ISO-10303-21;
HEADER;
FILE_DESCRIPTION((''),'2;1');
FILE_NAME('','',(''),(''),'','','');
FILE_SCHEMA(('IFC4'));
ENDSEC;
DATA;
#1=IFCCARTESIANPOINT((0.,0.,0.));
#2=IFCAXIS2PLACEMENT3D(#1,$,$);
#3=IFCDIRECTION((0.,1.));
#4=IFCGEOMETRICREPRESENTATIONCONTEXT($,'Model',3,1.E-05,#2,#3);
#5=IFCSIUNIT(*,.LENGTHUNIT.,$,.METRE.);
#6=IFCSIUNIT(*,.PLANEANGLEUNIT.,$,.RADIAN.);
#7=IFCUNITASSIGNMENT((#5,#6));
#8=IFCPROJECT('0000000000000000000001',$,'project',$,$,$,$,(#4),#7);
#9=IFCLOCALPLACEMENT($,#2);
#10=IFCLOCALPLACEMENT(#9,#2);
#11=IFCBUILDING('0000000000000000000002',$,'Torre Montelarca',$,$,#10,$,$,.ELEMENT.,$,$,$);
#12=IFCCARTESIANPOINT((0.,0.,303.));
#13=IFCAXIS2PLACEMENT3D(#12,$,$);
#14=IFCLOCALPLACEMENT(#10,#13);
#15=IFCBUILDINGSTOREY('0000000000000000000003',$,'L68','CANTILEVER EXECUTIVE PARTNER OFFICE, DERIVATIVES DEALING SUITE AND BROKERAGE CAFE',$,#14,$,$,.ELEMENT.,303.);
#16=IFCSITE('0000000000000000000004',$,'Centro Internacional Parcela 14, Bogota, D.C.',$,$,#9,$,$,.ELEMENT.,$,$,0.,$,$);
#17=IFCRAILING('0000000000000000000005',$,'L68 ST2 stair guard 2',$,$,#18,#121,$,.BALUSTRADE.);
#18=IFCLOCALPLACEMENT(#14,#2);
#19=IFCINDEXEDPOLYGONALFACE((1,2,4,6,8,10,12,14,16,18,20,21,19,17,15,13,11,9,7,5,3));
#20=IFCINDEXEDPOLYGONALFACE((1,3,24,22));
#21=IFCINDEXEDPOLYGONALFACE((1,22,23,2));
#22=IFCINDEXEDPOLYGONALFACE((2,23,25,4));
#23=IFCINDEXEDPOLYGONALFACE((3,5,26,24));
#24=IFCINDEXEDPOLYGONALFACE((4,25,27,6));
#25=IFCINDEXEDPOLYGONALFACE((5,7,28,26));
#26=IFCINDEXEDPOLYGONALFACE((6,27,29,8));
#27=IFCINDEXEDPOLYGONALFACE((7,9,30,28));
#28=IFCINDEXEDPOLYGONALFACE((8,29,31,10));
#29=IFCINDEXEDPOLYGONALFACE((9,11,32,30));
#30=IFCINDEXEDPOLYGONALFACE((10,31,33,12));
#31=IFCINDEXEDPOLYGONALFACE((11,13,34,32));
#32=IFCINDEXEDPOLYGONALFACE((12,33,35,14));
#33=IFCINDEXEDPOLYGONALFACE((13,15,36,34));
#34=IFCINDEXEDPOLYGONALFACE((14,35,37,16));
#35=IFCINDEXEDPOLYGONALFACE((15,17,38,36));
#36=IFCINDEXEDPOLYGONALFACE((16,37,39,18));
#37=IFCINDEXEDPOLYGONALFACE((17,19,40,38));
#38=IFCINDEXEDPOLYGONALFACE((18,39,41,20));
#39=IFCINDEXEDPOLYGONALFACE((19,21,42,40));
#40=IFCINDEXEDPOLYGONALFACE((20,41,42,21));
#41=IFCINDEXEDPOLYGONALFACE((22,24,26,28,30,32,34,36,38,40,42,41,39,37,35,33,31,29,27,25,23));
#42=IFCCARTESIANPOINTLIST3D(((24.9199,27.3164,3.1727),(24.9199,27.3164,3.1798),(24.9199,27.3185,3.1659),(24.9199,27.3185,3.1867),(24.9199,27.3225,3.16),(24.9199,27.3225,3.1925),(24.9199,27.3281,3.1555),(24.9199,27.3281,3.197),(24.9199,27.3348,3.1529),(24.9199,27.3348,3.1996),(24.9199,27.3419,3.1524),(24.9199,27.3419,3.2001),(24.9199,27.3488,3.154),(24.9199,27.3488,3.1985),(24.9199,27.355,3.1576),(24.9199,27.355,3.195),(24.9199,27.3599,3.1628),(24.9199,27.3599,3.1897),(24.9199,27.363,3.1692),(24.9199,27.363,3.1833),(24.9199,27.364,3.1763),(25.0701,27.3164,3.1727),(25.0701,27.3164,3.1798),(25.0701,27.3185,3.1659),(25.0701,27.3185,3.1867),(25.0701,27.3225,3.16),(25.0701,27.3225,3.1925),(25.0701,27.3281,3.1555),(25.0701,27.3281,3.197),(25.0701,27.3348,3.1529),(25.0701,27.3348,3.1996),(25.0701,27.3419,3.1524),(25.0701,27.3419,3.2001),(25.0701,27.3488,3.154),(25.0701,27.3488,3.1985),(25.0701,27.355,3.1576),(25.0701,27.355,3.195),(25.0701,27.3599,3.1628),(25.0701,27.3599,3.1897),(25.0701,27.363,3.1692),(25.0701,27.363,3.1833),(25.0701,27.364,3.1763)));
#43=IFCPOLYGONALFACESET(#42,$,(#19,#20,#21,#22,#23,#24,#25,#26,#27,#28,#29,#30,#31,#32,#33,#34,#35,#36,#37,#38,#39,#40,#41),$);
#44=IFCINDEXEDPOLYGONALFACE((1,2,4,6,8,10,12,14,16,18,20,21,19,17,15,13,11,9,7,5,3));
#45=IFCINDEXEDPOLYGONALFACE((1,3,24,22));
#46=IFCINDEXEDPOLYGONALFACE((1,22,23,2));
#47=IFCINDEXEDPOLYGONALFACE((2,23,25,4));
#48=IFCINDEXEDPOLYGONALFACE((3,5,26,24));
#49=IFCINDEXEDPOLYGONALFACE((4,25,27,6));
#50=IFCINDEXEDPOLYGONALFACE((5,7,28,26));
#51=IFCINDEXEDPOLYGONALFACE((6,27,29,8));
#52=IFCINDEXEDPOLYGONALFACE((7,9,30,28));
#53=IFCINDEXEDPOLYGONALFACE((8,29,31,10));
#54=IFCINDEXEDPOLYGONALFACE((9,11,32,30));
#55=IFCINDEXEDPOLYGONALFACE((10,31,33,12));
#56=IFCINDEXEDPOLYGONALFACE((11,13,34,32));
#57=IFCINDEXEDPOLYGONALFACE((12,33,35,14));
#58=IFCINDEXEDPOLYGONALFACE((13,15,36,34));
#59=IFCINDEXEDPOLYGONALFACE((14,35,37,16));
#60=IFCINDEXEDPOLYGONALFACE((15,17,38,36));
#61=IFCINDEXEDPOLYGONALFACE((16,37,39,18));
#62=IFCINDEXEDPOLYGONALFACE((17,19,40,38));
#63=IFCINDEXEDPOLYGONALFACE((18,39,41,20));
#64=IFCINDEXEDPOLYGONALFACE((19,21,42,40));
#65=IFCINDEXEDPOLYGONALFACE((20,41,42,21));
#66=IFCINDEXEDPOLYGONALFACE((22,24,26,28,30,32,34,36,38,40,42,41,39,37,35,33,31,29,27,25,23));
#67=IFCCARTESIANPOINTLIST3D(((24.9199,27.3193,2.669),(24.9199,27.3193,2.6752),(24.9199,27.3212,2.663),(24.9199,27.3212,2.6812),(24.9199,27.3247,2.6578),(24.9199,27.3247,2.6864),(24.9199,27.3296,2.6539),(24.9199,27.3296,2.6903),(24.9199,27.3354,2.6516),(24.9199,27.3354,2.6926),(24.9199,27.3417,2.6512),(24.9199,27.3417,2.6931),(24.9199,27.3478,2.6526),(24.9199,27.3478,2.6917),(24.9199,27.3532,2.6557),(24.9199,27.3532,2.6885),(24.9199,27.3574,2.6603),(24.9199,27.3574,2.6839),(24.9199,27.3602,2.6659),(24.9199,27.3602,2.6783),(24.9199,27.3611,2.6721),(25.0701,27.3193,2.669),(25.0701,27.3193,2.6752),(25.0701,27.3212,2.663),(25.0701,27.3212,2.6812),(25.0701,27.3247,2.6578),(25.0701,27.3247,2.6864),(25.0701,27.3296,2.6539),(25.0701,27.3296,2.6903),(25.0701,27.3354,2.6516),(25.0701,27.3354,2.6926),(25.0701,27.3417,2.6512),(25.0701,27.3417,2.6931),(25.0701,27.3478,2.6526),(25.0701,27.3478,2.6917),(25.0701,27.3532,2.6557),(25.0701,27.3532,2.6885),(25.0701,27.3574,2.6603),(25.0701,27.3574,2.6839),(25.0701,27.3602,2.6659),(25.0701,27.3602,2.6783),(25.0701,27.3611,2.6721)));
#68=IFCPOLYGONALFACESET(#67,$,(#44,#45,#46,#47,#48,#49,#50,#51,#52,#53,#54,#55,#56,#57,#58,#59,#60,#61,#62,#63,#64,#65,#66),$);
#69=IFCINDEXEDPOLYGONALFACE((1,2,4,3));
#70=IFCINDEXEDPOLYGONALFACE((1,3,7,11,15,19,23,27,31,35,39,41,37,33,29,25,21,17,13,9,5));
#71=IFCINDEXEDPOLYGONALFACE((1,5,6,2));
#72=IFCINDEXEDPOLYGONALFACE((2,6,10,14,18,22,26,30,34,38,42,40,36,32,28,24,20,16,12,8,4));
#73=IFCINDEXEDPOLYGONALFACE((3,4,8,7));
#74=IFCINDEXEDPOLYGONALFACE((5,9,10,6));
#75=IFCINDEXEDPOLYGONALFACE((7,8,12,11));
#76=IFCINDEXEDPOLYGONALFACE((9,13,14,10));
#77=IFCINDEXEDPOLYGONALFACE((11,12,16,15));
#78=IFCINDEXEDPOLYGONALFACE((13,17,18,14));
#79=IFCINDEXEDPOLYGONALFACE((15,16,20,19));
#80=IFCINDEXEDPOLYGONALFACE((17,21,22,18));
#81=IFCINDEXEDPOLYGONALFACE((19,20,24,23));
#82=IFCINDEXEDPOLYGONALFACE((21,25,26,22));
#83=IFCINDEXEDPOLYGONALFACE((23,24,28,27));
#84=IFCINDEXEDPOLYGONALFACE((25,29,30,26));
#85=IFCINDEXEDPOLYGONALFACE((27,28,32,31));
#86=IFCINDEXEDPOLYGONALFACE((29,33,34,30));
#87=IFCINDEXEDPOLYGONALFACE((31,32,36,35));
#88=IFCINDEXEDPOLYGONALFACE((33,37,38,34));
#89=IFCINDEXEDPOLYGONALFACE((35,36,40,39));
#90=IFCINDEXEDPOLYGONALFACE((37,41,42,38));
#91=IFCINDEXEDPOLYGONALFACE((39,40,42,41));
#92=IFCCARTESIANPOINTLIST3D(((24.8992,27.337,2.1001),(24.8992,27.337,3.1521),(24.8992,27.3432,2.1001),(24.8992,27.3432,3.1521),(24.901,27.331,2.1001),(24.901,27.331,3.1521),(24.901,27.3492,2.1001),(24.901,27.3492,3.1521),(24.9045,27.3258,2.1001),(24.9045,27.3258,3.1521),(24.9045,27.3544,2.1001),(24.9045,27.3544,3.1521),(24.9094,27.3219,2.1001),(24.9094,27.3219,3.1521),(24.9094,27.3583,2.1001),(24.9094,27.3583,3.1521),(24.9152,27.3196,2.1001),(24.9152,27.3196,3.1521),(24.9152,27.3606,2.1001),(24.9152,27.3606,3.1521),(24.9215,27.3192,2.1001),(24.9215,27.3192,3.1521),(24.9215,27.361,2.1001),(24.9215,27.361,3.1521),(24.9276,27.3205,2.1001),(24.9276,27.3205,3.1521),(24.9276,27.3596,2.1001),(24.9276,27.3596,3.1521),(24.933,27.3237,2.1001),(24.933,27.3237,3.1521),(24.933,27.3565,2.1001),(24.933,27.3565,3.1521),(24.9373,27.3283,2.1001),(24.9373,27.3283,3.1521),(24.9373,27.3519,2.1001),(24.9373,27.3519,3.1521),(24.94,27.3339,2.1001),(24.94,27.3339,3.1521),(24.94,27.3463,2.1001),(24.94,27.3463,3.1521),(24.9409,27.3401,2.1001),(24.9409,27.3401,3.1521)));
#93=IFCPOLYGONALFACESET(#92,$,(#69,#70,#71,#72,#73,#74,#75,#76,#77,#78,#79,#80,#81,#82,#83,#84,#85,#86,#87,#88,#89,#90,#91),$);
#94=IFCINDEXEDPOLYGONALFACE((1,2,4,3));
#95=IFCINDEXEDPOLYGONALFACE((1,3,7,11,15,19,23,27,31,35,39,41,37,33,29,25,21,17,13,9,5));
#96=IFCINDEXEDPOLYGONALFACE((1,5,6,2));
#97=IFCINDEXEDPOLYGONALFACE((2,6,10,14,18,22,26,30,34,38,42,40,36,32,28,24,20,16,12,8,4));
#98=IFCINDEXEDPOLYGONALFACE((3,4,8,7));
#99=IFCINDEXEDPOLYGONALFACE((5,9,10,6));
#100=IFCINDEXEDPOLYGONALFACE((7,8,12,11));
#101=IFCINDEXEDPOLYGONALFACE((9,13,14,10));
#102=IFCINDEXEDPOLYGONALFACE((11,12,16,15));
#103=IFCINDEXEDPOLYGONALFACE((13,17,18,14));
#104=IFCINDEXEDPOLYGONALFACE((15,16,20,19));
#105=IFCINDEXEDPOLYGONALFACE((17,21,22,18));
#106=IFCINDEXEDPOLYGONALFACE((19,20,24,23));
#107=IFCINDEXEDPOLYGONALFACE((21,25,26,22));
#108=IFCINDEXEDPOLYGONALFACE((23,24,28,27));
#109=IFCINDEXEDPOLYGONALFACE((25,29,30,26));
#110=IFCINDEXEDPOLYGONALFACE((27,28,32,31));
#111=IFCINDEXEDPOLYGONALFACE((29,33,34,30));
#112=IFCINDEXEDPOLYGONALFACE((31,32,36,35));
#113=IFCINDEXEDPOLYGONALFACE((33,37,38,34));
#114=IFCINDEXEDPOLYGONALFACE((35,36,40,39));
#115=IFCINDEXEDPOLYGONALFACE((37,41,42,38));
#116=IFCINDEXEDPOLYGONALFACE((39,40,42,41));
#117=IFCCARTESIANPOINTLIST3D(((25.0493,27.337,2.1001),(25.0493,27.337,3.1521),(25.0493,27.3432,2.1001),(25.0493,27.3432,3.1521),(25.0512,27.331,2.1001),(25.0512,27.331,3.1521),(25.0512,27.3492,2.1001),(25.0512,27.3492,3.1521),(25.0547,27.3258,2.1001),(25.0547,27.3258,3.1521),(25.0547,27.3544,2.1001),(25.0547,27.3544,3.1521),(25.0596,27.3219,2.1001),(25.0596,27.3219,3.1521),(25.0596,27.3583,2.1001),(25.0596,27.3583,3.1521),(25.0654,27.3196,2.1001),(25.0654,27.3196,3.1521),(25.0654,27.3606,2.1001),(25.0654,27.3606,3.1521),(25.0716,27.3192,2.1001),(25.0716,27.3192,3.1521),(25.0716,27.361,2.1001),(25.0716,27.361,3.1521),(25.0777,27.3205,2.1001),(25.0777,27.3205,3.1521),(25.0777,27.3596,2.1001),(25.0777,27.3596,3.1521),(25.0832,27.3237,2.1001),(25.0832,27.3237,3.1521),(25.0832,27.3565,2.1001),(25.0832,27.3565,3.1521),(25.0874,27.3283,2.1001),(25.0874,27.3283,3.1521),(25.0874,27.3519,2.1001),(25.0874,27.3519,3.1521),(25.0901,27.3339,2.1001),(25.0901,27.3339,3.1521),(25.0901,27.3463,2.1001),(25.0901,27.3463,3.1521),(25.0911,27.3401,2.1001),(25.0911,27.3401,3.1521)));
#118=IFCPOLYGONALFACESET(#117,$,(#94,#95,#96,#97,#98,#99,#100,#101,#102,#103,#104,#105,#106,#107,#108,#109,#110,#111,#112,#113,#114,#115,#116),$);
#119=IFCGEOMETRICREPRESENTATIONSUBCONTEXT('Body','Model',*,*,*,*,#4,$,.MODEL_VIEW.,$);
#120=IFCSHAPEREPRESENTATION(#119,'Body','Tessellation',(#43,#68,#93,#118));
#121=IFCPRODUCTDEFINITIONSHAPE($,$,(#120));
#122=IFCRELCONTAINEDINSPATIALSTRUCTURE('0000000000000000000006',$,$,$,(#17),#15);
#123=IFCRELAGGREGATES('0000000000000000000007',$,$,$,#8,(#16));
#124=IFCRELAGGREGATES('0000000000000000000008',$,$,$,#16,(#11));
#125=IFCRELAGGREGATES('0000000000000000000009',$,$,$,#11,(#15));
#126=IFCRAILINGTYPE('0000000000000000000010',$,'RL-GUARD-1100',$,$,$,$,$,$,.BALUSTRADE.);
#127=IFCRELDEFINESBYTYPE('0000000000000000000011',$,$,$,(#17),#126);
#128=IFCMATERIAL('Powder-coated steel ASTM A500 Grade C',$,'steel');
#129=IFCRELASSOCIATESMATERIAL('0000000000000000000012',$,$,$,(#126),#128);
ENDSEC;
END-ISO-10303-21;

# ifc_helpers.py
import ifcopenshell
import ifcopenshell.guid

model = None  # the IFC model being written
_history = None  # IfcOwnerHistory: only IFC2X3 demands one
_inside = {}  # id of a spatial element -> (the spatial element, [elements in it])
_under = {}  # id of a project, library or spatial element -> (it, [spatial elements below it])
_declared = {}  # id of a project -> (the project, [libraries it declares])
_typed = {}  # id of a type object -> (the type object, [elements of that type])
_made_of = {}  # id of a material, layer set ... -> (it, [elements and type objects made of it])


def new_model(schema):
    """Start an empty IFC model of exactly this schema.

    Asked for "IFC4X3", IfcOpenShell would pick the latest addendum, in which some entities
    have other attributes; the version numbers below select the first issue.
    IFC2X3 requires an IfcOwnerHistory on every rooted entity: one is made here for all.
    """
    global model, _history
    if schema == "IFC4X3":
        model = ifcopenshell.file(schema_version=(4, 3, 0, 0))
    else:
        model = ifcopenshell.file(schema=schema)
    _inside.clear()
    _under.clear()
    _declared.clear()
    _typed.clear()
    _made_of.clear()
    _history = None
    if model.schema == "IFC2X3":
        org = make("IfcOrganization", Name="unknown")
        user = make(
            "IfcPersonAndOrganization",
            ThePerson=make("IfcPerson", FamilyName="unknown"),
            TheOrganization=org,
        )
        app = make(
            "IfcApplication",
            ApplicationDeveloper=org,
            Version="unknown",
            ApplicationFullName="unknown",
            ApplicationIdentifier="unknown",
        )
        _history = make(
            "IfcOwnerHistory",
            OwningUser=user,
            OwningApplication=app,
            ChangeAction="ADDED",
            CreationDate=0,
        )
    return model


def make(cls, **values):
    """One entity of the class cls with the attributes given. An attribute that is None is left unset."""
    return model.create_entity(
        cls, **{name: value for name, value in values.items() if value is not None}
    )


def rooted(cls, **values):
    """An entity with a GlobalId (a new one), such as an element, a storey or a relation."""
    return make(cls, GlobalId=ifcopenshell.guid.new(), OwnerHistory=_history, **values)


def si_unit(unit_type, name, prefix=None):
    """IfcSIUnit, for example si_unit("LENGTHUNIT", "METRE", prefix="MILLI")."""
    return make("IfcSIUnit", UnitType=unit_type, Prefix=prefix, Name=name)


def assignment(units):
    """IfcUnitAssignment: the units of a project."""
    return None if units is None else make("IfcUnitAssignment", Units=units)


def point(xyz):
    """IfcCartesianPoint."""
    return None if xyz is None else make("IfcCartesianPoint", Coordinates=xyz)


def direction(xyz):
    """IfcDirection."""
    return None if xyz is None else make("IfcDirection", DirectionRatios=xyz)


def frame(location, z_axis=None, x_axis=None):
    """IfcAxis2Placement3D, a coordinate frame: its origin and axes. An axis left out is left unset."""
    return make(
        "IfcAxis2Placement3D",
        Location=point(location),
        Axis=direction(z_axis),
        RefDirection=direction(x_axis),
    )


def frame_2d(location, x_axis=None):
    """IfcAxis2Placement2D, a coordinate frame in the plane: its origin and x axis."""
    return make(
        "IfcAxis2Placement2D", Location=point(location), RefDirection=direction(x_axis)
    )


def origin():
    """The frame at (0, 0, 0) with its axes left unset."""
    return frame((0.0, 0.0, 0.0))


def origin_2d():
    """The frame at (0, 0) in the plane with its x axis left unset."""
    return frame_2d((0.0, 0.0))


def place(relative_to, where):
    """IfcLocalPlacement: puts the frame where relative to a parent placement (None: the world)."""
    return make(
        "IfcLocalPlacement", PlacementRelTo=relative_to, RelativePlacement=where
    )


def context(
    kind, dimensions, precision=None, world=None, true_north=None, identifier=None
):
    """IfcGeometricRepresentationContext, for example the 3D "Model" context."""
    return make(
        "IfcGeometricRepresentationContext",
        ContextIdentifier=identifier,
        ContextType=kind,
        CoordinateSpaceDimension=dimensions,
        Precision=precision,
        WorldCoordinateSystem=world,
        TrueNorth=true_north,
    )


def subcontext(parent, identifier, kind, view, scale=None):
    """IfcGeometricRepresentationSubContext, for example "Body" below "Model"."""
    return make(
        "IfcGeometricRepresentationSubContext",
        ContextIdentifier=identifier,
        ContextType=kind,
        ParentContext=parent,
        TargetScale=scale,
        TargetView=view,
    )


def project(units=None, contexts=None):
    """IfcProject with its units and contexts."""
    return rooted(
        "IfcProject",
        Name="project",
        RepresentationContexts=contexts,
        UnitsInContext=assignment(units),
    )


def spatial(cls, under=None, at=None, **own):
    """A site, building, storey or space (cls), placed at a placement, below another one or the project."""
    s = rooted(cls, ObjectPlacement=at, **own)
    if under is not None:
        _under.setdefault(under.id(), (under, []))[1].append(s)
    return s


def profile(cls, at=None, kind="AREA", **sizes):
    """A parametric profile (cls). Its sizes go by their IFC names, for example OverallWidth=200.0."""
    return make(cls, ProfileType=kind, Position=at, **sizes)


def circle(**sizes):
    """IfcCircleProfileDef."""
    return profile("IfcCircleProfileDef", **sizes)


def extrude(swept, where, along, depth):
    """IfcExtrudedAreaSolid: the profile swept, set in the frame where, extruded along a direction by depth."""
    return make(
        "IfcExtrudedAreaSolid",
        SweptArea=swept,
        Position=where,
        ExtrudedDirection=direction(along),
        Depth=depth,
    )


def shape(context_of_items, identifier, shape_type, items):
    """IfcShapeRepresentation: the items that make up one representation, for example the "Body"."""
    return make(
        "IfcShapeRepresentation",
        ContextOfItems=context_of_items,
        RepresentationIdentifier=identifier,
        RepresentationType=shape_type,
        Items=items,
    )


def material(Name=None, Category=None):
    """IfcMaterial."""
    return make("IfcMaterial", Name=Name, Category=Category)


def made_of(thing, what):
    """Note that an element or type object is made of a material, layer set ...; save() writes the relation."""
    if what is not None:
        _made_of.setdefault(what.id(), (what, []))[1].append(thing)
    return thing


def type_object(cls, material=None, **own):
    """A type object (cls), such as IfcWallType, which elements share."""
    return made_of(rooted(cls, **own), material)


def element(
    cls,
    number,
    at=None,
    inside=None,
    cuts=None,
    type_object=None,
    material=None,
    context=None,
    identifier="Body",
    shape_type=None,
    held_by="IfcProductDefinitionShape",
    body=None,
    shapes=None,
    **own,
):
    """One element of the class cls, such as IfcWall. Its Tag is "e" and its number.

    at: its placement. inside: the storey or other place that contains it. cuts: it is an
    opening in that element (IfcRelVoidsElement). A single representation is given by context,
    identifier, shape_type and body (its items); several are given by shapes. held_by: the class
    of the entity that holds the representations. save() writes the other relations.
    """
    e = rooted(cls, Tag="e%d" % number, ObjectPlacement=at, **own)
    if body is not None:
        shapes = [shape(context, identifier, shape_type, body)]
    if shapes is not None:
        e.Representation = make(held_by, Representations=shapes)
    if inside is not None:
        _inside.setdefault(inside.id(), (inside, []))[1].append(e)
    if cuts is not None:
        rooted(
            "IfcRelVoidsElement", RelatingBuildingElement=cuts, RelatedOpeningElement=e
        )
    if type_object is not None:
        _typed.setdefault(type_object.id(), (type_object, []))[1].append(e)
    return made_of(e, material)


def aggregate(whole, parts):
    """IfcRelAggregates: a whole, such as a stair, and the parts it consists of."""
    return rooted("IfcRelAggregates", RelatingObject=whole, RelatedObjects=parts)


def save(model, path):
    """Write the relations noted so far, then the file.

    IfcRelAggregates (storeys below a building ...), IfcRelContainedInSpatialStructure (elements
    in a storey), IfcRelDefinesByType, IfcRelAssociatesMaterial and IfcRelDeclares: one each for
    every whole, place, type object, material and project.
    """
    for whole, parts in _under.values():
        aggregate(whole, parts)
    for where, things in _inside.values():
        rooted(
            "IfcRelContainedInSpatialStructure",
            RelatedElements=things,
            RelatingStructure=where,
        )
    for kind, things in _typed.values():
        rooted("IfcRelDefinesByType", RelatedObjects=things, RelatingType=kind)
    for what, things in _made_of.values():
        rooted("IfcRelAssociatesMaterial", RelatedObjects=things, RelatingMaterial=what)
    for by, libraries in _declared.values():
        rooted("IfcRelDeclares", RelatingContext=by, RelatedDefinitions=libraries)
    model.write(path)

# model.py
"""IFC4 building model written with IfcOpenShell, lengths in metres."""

from ifc_helpers import new_model, si_unit, direction, frame, origin, origin_2d, place, context, subcontext, project, spatial, circle, extrude, material, type_object, element, save


model = new_model("IFC4")

# Units and contexts
model_context = context("Model", 3, precision=1e-05, world=origin(), true_north=direction((0.0, 1.0)))
body_context = subcontext(model_context, "Body", "Model", "MODEL_VIEW")
ifc_project = project(units=[si_unit("LENGTHUNIT", "METRE"), si_unit("PLANEANGLEUNIT", "RADIAN")], contexts=[model_context])

# Site, building, storey
site_placement = place(None, origin())
site = spatial("IfcSite", under=ifc_project, at=site_placement, Name="Centro Internacional Parcela 14, Bogota, D.C.", CompositionType="ELEMENT", RefElevation=0.0)
building_placement = place(site_placement, origin())
building = spatial("IfcBuilding", under=site, at=building_placement, Name="Torre Montelarca", CompositionType="ELEMENT")
storey_placement = place(building_placement, frame((0.0, 0.0, 303.0)))
storey = spatial("IfcBuildingStorey", under=building, at=storey_placement, Name="L68", Description="CANTILEVER EXECUTIVE PARTNER OFFICE, DERIVATIVES DEALING SUITE AND BROKERAGE CAFE", CompositionType="ELEMENT", Elevation=303.0)

# Railing
ifc_material_1 = material(Name="Powder-coated steel ASTM A500 Grade C", Category="steel")
railing_type_1 = type_object("IfcRailingType", Name="RL-GUARD-1100", PredefinedType="BALUSTRADE", material=ifc_material_1)
railing_1_placement = place(storey_placement, frame((24.9199, 27.3401, 2.1001)))
element("IfcRailing", 1, at=railing_1_placement, inside=storey, type_object=railing_type_1, Name="L68 ST2 stair guard 2", PredefinedType="BALUSTRADE", context=body_context, shape_type="SweptSolid", body=[
    extrude(circle(Radius=0.0239, at=origin_2d()), frame((0.0, 0.0, 1.0762), z_axis=(1.0, 0.0, 0.0), x_axis=(0.0, 1.0, 0.0)), (0.0, 0.0, 1.0), 0.1501),
    extrude(circle(Radius=0.021, at=origin_2d()), frame((0.0, 0.0, 0.572), z_axis=(1.0, 0.0, 0.0), x_axis=(0.0, 1.0, 0.0)), (0.0, 0.0, 1.0), 0.1501),
    extrude(circle(Radius=0.021, at=origin_2d()), origin(), (0.0, 0.0, 1.0), 1.052),
    extrude(circle(Radius=0.021, at=origin_2d()), frame((0.1501, 0.0, 0.0)), (0.0, 0.0, 1.0), 1.052),
])

save(model, "model.ifc")
